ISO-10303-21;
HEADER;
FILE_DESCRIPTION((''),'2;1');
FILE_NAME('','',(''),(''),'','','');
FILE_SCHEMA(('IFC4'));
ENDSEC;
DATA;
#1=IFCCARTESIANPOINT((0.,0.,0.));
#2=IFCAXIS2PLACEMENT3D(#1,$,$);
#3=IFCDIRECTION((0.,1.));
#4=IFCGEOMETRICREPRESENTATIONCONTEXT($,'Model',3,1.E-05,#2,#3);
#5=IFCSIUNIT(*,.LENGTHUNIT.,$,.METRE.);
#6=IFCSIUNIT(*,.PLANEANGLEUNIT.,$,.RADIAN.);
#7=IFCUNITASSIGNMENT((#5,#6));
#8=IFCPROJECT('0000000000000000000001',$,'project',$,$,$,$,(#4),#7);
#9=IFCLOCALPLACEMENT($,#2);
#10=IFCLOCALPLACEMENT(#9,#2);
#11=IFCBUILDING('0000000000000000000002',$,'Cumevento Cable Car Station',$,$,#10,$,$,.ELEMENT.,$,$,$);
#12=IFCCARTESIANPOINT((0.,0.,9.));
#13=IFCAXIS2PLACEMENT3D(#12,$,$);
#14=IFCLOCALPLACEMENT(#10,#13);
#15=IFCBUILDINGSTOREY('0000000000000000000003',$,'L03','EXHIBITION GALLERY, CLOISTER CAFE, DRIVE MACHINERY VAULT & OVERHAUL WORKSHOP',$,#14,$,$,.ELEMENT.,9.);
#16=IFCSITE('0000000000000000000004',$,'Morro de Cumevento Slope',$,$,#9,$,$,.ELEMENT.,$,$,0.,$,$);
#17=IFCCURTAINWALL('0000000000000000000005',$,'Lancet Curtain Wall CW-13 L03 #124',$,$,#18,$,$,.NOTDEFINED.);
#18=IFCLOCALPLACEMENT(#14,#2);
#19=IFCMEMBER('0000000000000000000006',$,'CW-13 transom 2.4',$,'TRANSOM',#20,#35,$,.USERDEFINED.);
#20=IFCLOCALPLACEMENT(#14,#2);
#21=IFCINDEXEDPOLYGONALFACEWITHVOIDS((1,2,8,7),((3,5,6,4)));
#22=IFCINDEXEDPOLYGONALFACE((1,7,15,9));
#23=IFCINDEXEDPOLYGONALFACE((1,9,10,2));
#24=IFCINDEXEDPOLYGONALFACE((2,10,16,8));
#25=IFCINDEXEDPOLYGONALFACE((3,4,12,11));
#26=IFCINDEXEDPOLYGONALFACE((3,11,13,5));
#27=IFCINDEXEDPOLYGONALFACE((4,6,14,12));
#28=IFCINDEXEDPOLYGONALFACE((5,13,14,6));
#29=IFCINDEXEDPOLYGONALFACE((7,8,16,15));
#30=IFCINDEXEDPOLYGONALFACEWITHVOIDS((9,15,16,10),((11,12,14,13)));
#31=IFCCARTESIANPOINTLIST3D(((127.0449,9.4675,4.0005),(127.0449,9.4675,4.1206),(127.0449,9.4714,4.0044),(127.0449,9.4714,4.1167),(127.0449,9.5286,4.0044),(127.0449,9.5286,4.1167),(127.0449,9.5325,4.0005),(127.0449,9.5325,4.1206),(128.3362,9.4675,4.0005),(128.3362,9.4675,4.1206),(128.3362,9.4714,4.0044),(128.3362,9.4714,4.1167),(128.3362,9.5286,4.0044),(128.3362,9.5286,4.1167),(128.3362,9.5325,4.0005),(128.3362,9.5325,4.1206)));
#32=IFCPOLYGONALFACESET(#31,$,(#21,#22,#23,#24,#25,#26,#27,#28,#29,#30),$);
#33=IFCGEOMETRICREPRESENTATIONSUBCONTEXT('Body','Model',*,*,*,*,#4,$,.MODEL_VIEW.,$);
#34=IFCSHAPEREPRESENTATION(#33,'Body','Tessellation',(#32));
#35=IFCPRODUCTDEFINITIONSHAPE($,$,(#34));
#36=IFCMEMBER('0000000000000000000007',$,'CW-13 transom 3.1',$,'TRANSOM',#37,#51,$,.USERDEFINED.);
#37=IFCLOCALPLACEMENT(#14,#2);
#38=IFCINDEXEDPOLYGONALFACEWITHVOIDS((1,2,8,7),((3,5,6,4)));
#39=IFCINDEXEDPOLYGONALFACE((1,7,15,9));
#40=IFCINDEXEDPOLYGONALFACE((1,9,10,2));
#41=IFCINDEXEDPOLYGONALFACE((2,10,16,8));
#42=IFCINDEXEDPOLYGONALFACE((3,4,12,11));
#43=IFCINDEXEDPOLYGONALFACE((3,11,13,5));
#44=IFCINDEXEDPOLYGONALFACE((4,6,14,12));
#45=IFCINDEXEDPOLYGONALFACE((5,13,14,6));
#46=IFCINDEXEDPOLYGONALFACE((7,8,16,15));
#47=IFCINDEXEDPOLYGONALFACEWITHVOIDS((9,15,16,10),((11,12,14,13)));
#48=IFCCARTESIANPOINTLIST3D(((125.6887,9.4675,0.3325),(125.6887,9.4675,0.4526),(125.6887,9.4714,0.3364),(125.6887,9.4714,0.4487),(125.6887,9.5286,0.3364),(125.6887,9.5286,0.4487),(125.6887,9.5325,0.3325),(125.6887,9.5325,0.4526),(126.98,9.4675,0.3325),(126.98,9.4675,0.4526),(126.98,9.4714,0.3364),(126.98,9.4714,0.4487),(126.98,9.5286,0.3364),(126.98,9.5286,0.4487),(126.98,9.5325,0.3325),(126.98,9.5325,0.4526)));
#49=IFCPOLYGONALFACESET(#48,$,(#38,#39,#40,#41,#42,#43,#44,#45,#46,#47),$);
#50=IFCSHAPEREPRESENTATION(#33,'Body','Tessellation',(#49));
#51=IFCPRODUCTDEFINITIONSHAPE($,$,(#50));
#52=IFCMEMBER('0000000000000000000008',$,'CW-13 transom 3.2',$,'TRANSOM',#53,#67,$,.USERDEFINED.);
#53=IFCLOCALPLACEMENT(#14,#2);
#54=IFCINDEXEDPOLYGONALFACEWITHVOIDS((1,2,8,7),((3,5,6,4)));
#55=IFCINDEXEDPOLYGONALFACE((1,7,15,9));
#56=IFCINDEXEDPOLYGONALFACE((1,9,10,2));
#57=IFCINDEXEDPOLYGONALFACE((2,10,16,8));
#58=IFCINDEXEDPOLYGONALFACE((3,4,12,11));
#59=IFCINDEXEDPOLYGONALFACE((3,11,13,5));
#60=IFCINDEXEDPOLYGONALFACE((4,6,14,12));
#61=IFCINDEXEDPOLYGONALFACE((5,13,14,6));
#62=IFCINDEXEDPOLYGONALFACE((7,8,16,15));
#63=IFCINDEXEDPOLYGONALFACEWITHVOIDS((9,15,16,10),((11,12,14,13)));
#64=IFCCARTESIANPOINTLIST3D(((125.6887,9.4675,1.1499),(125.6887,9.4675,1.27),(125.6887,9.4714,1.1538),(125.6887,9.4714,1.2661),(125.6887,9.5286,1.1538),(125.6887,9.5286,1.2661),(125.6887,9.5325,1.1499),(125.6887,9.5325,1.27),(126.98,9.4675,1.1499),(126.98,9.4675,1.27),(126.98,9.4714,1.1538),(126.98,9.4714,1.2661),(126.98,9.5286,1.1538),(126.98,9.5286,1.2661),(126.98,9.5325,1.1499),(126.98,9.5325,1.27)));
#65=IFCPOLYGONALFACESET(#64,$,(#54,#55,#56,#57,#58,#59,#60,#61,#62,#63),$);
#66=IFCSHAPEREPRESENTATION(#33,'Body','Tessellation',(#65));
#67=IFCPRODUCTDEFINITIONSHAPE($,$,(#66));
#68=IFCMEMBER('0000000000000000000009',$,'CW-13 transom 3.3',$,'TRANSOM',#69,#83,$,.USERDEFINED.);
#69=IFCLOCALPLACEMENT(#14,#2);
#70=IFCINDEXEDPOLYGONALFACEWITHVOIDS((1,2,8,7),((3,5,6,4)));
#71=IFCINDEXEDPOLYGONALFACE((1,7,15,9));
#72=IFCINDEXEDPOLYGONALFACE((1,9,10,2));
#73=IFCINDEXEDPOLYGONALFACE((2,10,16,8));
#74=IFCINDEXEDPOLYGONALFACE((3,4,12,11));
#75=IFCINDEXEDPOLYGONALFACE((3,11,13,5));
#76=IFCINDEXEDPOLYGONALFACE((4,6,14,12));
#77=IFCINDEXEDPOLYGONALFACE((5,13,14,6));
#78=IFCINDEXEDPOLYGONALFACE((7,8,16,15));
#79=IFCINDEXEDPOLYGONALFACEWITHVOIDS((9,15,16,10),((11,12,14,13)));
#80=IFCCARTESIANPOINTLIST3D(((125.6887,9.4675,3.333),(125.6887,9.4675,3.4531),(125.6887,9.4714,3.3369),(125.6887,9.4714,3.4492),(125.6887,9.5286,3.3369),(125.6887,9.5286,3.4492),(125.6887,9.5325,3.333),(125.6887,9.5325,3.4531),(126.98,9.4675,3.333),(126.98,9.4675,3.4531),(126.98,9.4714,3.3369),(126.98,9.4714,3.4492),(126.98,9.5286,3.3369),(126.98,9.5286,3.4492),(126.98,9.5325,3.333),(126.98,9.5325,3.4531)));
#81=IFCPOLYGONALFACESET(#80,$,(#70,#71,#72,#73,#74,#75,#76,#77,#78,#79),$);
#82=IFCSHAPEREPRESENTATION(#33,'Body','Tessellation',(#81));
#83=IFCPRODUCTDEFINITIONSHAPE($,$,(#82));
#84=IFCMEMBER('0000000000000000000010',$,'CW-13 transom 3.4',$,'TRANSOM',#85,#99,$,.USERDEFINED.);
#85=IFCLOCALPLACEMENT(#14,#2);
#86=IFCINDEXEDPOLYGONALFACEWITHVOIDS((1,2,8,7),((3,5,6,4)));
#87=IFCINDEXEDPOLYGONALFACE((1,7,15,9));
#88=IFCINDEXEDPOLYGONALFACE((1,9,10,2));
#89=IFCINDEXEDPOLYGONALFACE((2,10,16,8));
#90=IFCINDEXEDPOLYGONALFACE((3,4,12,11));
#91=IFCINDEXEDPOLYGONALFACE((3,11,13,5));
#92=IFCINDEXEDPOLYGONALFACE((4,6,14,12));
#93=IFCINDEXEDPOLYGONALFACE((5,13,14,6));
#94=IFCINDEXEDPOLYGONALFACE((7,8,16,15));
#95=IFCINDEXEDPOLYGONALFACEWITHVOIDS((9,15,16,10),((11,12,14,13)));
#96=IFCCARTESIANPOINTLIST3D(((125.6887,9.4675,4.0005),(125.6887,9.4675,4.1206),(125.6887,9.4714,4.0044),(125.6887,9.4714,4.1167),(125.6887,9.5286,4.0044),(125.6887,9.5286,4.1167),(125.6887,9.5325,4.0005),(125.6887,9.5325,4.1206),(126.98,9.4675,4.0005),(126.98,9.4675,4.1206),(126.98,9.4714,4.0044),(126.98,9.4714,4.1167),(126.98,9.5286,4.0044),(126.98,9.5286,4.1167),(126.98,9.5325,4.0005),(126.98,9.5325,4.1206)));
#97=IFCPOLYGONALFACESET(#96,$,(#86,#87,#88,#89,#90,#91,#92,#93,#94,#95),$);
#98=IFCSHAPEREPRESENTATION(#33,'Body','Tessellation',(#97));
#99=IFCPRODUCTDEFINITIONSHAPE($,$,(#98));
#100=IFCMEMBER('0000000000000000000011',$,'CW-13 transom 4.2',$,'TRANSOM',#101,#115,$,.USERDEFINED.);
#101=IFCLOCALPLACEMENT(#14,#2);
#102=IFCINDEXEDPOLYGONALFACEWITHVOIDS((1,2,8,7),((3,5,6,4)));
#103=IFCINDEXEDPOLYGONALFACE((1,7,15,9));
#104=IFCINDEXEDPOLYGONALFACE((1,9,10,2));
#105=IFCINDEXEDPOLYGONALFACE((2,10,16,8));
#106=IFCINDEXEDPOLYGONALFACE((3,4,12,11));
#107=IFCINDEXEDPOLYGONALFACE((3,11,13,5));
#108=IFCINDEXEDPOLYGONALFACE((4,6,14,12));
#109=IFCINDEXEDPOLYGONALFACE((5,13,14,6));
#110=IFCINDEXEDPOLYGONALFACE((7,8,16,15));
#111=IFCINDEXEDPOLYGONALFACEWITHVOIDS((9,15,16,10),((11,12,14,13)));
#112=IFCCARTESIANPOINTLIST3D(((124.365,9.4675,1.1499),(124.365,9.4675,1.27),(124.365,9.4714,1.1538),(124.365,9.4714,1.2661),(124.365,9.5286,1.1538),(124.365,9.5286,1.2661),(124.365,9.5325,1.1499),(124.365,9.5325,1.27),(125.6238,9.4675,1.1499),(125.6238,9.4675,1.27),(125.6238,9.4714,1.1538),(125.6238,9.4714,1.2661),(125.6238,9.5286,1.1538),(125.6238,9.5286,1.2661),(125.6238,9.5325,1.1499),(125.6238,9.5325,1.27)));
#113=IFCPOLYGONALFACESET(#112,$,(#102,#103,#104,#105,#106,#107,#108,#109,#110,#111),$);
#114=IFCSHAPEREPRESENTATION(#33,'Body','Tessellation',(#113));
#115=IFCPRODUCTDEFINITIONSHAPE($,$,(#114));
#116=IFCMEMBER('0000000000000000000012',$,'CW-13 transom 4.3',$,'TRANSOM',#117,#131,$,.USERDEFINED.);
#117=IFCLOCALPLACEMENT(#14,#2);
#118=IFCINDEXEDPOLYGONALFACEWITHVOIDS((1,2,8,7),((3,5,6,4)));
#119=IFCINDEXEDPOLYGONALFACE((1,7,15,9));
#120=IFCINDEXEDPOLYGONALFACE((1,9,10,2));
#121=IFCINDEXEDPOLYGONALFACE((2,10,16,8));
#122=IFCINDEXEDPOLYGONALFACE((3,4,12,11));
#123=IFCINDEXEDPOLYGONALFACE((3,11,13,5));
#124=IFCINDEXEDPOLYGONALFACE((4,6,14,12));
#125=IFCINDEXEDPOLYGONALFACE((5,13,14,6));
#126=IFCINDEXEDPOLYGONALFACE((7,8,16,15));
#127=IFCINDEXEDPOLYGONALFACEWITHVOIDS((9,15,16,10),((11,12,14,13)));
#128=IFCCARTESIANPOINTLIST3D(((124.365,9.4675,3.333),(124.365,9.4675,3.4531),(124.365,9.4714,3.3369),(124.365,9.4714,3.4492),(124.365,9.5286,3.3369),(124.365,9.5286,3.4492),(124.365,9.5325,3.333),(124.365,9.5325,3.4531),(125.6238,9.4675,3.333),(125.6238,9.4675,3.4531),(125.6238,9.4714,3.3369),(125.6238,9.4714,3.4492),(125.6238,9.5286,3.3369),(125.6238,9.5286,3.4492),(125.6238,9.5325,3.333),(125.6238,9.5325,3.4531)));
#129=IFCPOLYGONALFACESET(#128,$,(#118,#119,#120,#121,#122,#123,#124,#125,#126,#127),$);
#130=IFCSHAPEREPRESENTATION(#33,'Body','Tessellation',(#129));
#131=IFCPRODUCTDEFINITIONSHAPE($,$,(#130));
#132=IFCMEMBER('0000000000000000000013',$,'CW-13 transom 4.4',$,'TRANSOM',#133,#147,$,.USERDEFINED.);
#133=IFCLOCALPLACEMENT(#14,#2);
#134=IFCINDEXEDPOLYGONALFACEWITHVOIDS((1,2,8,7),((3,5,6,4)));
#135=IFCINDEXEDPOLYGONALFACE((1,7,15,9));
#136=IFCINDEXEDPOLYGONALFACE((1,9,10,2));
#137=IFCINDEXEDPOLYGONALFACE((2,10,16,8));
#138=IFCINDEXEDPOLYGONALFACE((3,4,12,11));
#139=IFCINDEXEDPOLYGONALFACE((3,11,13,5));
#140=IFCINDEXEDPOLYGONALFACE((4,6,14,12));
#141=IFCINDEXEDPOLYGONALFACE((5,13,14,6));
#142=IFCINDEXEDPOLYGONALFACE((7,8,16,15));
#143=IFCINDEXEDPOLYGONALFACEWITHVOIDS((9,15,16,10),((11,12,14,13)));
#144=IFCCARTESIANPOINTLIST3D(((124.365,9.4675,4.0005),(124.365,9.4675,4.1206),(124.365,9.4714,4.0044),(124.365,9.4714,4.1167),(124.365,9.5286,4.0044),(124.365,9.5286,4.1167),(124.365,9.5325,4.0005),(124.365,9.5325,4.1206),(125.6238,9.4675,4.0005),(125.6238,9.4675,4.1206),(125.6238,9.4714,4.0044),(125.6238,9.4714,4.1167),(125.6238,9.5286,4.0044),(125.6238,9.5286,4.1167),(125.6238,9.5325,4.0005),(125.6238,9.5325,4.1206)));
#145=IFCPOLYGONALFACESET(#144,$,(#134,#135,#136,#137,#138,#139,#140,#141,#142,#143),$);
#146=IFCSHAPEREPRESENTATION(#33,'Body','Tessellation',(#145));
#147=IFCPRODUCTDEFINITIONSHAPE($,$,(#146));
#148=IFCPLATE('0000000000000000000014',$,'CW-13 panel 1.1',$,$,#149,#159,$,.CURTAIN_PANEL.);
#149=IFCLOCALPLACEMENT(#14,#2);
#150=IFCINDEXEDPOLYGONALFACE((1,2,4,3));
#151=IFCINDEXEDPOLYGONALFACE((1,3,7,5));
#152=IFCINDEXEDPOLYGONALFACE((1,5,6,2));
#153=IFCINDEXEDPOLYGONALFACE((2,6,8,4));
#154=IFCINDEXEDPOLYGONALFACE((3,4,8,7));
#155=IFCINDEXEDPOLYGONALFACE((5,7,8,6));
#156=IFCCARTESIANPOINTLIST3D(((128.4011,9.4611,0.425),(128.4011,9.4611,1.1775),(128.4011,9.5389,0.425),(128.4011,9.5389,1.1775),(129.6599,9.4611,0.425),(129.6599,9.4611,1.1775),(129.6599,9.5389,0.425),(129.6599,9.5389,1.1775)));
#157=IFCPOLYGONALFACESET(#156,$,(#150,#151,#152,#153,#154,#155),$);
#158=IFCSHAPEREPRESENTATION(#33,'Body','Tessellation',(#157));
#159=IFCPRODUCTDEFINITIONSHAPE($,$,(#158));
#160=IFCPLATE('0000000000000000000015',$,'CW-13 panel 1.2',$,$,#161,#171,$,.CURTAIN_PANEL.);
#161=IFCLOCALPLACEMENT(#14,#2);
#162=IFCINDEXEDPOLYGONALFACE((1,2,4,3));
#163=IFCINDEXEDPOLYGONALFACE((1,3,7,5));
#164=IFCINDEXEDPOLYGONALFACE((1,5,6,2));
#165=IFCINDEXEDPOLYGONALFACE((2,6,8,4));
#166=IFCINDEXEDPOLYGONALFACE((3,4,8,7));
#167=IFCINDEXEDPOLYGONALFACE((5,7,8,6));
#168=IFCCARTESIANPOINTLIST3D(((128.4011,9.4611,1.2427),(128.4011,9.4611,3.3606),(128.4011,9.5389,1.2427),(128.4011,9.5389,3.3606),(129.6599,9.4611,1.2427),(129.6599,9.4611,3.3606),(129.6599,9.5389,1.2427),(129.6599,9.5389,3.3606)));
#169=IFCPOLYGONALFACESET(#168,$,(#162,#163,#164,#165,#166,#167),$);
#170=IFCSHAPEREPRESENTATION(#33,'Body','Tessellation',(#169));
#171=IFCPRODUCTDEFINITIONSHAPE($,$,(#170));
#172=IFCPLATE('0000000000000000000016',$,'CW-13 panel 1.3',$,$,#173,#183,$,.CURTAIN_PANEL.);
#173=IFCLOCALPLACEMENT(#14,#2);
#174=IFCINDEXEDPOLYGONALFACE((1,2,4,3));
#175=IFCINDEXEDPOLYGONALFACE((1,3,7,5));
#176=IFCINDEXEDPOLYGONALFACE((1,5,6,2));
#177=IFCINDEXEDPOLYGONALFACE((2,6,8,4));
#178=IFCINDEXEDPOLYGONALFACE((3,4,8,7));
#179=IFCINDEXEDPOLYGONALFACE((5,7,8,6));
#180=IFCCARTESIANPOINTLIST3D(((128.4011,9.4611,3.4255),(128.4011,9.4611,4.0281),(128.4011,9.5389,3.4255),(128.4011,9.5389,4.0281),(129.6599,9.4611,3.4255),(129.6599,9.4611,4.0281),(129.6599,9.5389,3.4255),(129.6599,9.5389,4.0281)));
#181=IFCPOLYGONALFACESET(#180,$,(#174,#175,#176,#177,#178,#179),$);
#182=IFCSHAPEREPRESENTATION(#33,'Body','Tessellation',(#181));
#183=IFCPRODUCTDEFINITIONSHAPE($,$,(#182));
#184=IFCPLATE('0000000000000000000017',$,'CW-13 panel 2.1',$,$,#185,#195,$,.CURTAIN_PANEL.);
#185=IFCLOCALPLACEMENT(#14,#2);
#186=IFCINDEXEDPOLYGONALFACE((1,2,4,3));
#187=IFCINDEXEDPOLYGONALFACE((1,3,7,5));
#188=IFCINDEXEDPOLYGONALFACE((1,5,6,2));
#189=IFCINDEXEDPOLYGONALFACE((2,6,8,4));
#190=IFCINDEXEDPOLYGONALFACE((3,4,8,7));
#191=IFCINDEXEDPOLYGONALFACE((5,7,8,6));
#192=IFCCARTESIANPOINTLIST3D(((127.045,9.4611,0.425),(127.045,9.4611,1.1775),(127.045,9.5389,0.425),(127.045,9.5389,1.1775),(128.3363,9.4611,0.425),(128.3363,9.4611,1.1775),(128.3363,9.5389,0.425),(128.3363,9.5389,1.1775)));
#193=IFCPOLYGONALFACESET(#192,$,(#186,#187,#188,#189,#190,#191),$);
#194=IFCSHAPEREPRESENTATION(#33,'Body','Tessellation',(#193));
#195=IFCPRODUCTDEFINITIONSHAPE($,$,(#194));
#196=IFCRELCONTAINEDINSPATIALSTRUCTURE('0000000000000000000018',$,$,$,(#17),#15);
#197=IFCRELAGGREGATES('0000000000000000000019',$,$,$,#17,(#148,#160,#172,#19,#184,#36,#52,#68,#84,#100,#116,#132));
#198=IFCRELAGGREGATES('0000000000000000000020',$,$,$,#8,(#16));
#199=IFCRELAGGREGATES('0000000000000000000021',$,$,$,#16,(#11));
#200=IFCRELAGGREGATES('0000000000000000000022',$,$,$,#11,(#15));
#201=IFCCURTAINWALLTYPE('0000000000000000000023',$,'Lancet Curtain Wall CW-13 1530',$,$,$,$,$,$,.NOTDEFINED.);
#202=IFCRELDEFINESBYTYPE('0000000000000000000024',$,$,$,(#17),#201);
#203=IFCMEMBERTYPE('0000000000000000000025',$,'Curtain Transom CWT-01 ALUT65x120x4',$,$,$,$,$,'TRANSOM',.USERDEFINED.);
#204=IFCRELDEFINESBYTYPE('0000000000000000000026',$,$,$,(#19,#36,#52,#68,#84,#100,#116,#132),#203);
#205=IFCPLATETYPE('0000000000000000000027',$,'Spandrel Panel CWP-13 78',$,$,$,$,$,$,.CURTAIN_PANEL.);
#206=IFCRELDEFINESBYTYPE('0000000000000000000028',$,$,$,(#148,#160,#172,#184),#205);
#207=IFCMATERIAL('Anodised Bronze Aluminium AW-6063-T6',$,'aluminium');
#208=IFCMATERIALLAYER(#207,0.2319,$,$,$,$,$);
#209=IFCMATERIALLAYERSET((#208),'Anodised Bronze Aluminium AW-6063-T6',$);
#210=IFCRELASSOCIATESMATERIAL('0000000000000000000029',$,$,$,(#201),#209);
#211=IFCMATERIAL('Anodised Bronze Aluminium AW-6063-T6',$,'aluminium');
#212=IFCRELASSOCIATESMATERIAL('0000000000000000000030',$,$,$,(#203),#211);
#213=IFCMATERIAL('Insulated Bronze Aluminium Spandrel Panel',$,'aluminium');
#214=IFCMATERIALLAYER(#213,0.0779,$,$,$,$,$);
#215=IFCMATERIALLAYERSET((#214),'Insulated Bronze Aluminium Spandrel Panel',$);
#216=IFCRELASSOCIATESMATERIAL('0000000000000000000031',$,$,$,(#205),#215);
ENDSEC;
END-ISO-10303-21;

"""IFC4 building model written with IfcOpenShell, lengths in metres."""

from ifc_helpers import new_model, si_unit, direction, frame, origin, origin_2d, place, context, subcontext, project, spatial, rectangle, hollow_rectangle, extrude, material, layer, layer_set, material_profile, profile_set, type_object, element, aggregate, save


model = new_model("IFC4")

# Units and contexts
model_context = context("Model", 3, precision=1e-05, world=origin(), true_north=direction((0.0, 1.0)))
body_context = subcontext(model_context, "Body", "Model", "MODEL_VIEW")
ifc_project = project(units=[si_unit("LENGTHUNIT", "METRE"), si_unit("PLANEANGLEUNIT", "RADIAN")], contexts=[model_context])

# Site, building, storey
site_placement = place(None, origin())
site = spatial("IfcSite", under=ifc_project, at=site_placement, Name="Morro de Cumevento Slope", CompositionType="ELEMENT", RefElevation=0.0)
building_placement = place(site_placement, origin())
building = spatial("IfcBuilding", under=site, at=building_placement, Name="Cumevento Cable Car Station", CompositionType="ELEMENT")
storey_placement = place(building_placement, frame((0.0, 0.0, 9.0)))
storey = spatial("IfcBuildingStorey", under=building, at=storey_placement, Name="L03", Description="EXHIBITION GALLERY, CLOISTER CAFE, DRIVE MACHINERY VAULT & OVERHAUL WORKSHOP", CompositionType="ELEMENT", Elevation=9.0)

# Curtain wall, members, plates
ifc_material_1 = material(Name="Anodised Bronze Aluminium AW-6063-T6", Category="aluminium")
ifc_layer_1 = layer(ifc_material_1, 0.2319)
ifc_layer_set_1 = layer_set([ifc_layer_1], Name="Anodised Bronze Aluminium AW-6063-T6")
curtain_wall_type = type_object("IfcCurtainWallType", Name="Lancet Curtain Wall CW-13 1530", PredefinedType="NOTDEFINED", material=ifc_layer_set_1)
curtain_wall_placement = place(storey_placement, origin())
curtain_wall = element("IfcCurtainWall", 1, at=curtain_wall_placement, inside=storey, type_object=curtain_wall_type, Name="Lancet Curtain Wall CW-13 L03 #124", PredefinedType="NOTDEFINED")
ifc_material_2 = material(Name="Anodised Bronze Aluminium AW-6063-T6", Category="aluminium")
ifc_material_profile_1 = material_profile(ifc_material_2, hollow_rectangle(XDim=0.0649, YDim=0.1201, WallThickness=0.0039, at=origin_2d()), Name="ALUT65x120x4")
ifc_profile_set_1 = profile_set([ifc_material_profile_1], Name="Anodised Bronze Aluminium AW-6063-T6")
member_type_1 = type_object("IfcMemberType", Name="Curtain Transom CWT-01 ALUT65x120x4", ElementType="TRANSOM", PredefinedType="USERDEFINED", material=ifc_profile_set_1)
member_1_placement = place(storey_placement, frame((128.3362, 9.5, 4.0605), z_axis=(-1.0, 0.0, 0.0), x_axis=(0.0, -1.0, 0.0)))
member_1 = element("IfcMember", 2, at=member_1_placement, type_object=member_type_1, Name="CW-13 transom 2.4", ObjectType="TRANSOM", PredefinedType="USERDEFINED", context=body_context, shape_type="SweptSolid", body=[
    extrude(hollow_rectangle(XDim=0.0649, YDim=0.1201, WallThickness=0.0039, at=origin_2d()), origin(), (0.0, 0.0, 1.0), 1.2913),
])
member_2_placement = place(storey_placement, frame((126.98, 9.5, 0.3926), z_axis=(-1.0, 0.0, 0.0), x_axis=(0.0, -1.0, 0.0)))
member_2 = element("IfcMember", 3, at=member_2_placement, type_object=member_type_1, Name="CW-13 transom 3.1", ObjectType="TRANSOM", PredefinedType="USERDEFINED", context=body_context, shape_type="SweptSolid", body=[
    extrude(hollow_rectangle(XDim=0.0649, YDim=0.1201, WallThickness=0.0039, at=origin_2d()), origin(), (0.0, 0.0, 1.0), 1.2913),
])
member_3_placement = place(storey_placement, frame((126.98, 9.5, 1.21), z_axis=(-1.0, 0.0, 0.0), x_axis=(0.0, -1.0, 0.0)))
member_3 = element("IfcMember", 4, at=member_3_placement, type_object=member_type_1, Name="CW-13 transom 3.2", ObjectType="TRANSOM", PredefinedType="USERDEFINED", context=body_context, shape_type="SweptSolid", body=[
    extrude(hollow_rectangle(XDim=0.0649, YDim=0.1201, WallThickness=0.0039, at=origin_2d()), origin(), (0.0, 0.0, 1.0), 1.2913),
])
member_4_placement = place(storey_placement, frame((126.98, 9.5, 3.3931), z_axis=(-1.0, 0.0, 0.0), x_axis=(0.0, -1.0, 0.0)))
member_4 = element("IfcMember", 5, at=member_4_placement, type_object=member_type_1, Name="CW-13 transom 3.3", ObjectType="TRANSOM", PredefinedType="USERDEFINED", context=body_context, shape_type="SweptSolid", body=[
    extrude(hollow_rectangle(XDim=0.0649, YDim=0.1201, WallThickness=0.0039, at=origin_2d()), origin(), (0.0, 0.0, 1.0), 1.2913),
])
member_5_placement = place(storey_placement, frame((126.98, 9.5, 4.0605), z_axis=(-1.0, 0.0, 0.0), x_axis=(0.0, -1.0, 0.0)))
member_5 = element("IfcMember", 6, at=member_5_placement, type_object=member_type_1, Name="CW-13 transom 3.4", ObjectType="TRANSOM", PredefinedType="USERDEFINED", context=body_context, shape_type="SweptSolid", body=[
    extrude(hollow_rectangle(XDim=0.0649, YDim=0.1201, WallThickness=0.0039, at=origin_2d()), origin(), (0.0, 0.0, 1.0), 1.2913),
])
member_6_placement = place(storey_placement, frame((125.6238, 9.5, 1.21), z_axis=(-1.0, 0.0, 0.0), x_axis=(0.0, -1.0, 0.0)))
member_6 = element("IfcMember", 7, at=member_6_placement, type_object=member_type_1, Name="CW-13 transom 4.2", ObjectType="TRANSOM", PredefinedType="USERDEFINED", context=body_context, shape_type="SweptSolid", body=[
    extrude(hollow_rectangle(XDim=0.0649, YDim=0.1201, WallThickness=0.0039, at=origin_2d()), origin(), (0.0, 0.0, 1.0), 1.2588),
])
member_7_placement = place(storey_placement, frame((125.6238, 9.5, 3.3931), z_axis=(-1.0, 0.0, 0.0), x_axis=(0.0, -1.0, 0.0)))
member_7 = element("IfcMember", 8, at=member_7_placement, type_object=member_type_1, Name="CW-13 transom 4.3", ObjectType="TRANSOM", PredefinedType="USERDEFINED", context=body_context, shape_type="SweptSolid", body=[
    extrude(hollow_rectangle(XDim=0.0649, YDim=0.1201, WallThickness=0.0039, at=origin_2d()), origin(), (0.0, 0.0, 1.0), 1.2588),
])
member_8_placement = place(storey_placement, frame((125.6238, 9.5, 4.0605), z_axis=(-1.0, 0.0, 0.0), x_axis=(0.0, -1.0, 0.0)))
member_8 = element("IfcMember", 9, at=member_8_placement, type_object=member_type_1, Name="CW-13 transom 4.4", ObjectType="TRANSOM", PredefinedType="USERDEFINED", context=body_context, shape_type="SweptSolid", body=[
    extrude(hollow_rectangle(XDim=0.0649, YDim=0.1201, WallThickness=0.0039, at=origin_2d()), origin(), (0.0, 0.0, 1.0), 1.2588),
])
ifc_material_3 = material(Name="Insulated Bronze Aluminium Spandrel Panel", Category="aluminium")
ifc_layer_2 = layer(ifc_material_3, 0.0779)
ifc_layer_set_2 = layer_set([ifc_layer_2], Name="Insulated Bronze Aluminium Spandrel Panel")
plate_type = type_object("IfcPlateType", Name="Spandrel Panel CWP-13 78", PredefinedType="CURTAIN_PANEL", material=ifc_layer_set_2)
plate_1_placement = place(storey_placement, frame((129.0305, 9.5, 0.425), z_axis=(0.0, 0.0, 1.0), x_axis=(-1.0, 0.0, 0.0)))
plate_1 = element("IfcPlate", 10, at=plate_1_placement, type_object=plate_type, Name="CW-13 panel 1.1", PredefinedType="CURTAIN_PANEL", context=body_context, shape_type="SweptSolid", body=[
    extrude(rectangle(XDim=1.2588, YDim=0.0779, at=origin_2d()), origin(), (0.0, 0.0, 1.0), 0.7524),
])
plate_2_placement = place(storey_placement, frame((129.0305, 9.5, 1.2427), z_axis=(0.0, 0.0, 1.0), x_axis=(-1.0, 0.0, 0.0)))
plate_2 = element("IfcPlate", 11, at=plate_2_placement, type_object=plate_type, Name="CW-13 panel 1.2", PredefinedType="CURTAIN_PANEL", context=body_context, shape_type="SweptSolid", body=[
    extrude(rectangle(XDim=1.2588, YDim=0.0779, at=origin_2d()), origin(), (0.0, 0.0, 1.0), 2.1179),
])
plate_3_placement = place(storey_placement, frame((129.0305, 9.5, 3.4255), z_axis=(0.0, 0.0, 1.0), x_axis=(-1.0, 0.0, 0.0)))
plate_3 = element("IfcPlate", 12, at=plate_3_placement, type_object=plate_type, Name="CW-13 panel 1.3", PredefinedType="CURTAIN_PANEL", context=body_context, shape_type="SweptSolid", body=[
    extrude(rectangle(XDim=1.2588, YDim=0.0779, at=origin_2d()), origin(), (0.0, 0.0, 1.0), 0.6025),
])
plate_4_placement = place(storey_placement, frame((127.6907, 9.5, 0.425), z_axis=(0.0, 0.0, 1.0), x_axis=(-1.0, 0.0, 0.0)))
plate_4 = element("IfcPlate", 13, at=plate_4_placement, type_object=plate_type, Name="CW-13 panel 2.1", PredefinedType="CURTAIN_PANEL", context=body_context, shape_type="SweptSolid", body=[
    extrude(rectangle(XDim=1.2913, YDim=0.0779, at=origin_2d()), origin(), (0.0, 0.0, 1.0), 0.7524),
])
aggregate(curtain_wall, [plate_1, plate_2, plate_3, member_1, plate_4, member_2, member_3, member_4, member_5, member_6, member_7, member_8])

save(model, "model.ifc")
